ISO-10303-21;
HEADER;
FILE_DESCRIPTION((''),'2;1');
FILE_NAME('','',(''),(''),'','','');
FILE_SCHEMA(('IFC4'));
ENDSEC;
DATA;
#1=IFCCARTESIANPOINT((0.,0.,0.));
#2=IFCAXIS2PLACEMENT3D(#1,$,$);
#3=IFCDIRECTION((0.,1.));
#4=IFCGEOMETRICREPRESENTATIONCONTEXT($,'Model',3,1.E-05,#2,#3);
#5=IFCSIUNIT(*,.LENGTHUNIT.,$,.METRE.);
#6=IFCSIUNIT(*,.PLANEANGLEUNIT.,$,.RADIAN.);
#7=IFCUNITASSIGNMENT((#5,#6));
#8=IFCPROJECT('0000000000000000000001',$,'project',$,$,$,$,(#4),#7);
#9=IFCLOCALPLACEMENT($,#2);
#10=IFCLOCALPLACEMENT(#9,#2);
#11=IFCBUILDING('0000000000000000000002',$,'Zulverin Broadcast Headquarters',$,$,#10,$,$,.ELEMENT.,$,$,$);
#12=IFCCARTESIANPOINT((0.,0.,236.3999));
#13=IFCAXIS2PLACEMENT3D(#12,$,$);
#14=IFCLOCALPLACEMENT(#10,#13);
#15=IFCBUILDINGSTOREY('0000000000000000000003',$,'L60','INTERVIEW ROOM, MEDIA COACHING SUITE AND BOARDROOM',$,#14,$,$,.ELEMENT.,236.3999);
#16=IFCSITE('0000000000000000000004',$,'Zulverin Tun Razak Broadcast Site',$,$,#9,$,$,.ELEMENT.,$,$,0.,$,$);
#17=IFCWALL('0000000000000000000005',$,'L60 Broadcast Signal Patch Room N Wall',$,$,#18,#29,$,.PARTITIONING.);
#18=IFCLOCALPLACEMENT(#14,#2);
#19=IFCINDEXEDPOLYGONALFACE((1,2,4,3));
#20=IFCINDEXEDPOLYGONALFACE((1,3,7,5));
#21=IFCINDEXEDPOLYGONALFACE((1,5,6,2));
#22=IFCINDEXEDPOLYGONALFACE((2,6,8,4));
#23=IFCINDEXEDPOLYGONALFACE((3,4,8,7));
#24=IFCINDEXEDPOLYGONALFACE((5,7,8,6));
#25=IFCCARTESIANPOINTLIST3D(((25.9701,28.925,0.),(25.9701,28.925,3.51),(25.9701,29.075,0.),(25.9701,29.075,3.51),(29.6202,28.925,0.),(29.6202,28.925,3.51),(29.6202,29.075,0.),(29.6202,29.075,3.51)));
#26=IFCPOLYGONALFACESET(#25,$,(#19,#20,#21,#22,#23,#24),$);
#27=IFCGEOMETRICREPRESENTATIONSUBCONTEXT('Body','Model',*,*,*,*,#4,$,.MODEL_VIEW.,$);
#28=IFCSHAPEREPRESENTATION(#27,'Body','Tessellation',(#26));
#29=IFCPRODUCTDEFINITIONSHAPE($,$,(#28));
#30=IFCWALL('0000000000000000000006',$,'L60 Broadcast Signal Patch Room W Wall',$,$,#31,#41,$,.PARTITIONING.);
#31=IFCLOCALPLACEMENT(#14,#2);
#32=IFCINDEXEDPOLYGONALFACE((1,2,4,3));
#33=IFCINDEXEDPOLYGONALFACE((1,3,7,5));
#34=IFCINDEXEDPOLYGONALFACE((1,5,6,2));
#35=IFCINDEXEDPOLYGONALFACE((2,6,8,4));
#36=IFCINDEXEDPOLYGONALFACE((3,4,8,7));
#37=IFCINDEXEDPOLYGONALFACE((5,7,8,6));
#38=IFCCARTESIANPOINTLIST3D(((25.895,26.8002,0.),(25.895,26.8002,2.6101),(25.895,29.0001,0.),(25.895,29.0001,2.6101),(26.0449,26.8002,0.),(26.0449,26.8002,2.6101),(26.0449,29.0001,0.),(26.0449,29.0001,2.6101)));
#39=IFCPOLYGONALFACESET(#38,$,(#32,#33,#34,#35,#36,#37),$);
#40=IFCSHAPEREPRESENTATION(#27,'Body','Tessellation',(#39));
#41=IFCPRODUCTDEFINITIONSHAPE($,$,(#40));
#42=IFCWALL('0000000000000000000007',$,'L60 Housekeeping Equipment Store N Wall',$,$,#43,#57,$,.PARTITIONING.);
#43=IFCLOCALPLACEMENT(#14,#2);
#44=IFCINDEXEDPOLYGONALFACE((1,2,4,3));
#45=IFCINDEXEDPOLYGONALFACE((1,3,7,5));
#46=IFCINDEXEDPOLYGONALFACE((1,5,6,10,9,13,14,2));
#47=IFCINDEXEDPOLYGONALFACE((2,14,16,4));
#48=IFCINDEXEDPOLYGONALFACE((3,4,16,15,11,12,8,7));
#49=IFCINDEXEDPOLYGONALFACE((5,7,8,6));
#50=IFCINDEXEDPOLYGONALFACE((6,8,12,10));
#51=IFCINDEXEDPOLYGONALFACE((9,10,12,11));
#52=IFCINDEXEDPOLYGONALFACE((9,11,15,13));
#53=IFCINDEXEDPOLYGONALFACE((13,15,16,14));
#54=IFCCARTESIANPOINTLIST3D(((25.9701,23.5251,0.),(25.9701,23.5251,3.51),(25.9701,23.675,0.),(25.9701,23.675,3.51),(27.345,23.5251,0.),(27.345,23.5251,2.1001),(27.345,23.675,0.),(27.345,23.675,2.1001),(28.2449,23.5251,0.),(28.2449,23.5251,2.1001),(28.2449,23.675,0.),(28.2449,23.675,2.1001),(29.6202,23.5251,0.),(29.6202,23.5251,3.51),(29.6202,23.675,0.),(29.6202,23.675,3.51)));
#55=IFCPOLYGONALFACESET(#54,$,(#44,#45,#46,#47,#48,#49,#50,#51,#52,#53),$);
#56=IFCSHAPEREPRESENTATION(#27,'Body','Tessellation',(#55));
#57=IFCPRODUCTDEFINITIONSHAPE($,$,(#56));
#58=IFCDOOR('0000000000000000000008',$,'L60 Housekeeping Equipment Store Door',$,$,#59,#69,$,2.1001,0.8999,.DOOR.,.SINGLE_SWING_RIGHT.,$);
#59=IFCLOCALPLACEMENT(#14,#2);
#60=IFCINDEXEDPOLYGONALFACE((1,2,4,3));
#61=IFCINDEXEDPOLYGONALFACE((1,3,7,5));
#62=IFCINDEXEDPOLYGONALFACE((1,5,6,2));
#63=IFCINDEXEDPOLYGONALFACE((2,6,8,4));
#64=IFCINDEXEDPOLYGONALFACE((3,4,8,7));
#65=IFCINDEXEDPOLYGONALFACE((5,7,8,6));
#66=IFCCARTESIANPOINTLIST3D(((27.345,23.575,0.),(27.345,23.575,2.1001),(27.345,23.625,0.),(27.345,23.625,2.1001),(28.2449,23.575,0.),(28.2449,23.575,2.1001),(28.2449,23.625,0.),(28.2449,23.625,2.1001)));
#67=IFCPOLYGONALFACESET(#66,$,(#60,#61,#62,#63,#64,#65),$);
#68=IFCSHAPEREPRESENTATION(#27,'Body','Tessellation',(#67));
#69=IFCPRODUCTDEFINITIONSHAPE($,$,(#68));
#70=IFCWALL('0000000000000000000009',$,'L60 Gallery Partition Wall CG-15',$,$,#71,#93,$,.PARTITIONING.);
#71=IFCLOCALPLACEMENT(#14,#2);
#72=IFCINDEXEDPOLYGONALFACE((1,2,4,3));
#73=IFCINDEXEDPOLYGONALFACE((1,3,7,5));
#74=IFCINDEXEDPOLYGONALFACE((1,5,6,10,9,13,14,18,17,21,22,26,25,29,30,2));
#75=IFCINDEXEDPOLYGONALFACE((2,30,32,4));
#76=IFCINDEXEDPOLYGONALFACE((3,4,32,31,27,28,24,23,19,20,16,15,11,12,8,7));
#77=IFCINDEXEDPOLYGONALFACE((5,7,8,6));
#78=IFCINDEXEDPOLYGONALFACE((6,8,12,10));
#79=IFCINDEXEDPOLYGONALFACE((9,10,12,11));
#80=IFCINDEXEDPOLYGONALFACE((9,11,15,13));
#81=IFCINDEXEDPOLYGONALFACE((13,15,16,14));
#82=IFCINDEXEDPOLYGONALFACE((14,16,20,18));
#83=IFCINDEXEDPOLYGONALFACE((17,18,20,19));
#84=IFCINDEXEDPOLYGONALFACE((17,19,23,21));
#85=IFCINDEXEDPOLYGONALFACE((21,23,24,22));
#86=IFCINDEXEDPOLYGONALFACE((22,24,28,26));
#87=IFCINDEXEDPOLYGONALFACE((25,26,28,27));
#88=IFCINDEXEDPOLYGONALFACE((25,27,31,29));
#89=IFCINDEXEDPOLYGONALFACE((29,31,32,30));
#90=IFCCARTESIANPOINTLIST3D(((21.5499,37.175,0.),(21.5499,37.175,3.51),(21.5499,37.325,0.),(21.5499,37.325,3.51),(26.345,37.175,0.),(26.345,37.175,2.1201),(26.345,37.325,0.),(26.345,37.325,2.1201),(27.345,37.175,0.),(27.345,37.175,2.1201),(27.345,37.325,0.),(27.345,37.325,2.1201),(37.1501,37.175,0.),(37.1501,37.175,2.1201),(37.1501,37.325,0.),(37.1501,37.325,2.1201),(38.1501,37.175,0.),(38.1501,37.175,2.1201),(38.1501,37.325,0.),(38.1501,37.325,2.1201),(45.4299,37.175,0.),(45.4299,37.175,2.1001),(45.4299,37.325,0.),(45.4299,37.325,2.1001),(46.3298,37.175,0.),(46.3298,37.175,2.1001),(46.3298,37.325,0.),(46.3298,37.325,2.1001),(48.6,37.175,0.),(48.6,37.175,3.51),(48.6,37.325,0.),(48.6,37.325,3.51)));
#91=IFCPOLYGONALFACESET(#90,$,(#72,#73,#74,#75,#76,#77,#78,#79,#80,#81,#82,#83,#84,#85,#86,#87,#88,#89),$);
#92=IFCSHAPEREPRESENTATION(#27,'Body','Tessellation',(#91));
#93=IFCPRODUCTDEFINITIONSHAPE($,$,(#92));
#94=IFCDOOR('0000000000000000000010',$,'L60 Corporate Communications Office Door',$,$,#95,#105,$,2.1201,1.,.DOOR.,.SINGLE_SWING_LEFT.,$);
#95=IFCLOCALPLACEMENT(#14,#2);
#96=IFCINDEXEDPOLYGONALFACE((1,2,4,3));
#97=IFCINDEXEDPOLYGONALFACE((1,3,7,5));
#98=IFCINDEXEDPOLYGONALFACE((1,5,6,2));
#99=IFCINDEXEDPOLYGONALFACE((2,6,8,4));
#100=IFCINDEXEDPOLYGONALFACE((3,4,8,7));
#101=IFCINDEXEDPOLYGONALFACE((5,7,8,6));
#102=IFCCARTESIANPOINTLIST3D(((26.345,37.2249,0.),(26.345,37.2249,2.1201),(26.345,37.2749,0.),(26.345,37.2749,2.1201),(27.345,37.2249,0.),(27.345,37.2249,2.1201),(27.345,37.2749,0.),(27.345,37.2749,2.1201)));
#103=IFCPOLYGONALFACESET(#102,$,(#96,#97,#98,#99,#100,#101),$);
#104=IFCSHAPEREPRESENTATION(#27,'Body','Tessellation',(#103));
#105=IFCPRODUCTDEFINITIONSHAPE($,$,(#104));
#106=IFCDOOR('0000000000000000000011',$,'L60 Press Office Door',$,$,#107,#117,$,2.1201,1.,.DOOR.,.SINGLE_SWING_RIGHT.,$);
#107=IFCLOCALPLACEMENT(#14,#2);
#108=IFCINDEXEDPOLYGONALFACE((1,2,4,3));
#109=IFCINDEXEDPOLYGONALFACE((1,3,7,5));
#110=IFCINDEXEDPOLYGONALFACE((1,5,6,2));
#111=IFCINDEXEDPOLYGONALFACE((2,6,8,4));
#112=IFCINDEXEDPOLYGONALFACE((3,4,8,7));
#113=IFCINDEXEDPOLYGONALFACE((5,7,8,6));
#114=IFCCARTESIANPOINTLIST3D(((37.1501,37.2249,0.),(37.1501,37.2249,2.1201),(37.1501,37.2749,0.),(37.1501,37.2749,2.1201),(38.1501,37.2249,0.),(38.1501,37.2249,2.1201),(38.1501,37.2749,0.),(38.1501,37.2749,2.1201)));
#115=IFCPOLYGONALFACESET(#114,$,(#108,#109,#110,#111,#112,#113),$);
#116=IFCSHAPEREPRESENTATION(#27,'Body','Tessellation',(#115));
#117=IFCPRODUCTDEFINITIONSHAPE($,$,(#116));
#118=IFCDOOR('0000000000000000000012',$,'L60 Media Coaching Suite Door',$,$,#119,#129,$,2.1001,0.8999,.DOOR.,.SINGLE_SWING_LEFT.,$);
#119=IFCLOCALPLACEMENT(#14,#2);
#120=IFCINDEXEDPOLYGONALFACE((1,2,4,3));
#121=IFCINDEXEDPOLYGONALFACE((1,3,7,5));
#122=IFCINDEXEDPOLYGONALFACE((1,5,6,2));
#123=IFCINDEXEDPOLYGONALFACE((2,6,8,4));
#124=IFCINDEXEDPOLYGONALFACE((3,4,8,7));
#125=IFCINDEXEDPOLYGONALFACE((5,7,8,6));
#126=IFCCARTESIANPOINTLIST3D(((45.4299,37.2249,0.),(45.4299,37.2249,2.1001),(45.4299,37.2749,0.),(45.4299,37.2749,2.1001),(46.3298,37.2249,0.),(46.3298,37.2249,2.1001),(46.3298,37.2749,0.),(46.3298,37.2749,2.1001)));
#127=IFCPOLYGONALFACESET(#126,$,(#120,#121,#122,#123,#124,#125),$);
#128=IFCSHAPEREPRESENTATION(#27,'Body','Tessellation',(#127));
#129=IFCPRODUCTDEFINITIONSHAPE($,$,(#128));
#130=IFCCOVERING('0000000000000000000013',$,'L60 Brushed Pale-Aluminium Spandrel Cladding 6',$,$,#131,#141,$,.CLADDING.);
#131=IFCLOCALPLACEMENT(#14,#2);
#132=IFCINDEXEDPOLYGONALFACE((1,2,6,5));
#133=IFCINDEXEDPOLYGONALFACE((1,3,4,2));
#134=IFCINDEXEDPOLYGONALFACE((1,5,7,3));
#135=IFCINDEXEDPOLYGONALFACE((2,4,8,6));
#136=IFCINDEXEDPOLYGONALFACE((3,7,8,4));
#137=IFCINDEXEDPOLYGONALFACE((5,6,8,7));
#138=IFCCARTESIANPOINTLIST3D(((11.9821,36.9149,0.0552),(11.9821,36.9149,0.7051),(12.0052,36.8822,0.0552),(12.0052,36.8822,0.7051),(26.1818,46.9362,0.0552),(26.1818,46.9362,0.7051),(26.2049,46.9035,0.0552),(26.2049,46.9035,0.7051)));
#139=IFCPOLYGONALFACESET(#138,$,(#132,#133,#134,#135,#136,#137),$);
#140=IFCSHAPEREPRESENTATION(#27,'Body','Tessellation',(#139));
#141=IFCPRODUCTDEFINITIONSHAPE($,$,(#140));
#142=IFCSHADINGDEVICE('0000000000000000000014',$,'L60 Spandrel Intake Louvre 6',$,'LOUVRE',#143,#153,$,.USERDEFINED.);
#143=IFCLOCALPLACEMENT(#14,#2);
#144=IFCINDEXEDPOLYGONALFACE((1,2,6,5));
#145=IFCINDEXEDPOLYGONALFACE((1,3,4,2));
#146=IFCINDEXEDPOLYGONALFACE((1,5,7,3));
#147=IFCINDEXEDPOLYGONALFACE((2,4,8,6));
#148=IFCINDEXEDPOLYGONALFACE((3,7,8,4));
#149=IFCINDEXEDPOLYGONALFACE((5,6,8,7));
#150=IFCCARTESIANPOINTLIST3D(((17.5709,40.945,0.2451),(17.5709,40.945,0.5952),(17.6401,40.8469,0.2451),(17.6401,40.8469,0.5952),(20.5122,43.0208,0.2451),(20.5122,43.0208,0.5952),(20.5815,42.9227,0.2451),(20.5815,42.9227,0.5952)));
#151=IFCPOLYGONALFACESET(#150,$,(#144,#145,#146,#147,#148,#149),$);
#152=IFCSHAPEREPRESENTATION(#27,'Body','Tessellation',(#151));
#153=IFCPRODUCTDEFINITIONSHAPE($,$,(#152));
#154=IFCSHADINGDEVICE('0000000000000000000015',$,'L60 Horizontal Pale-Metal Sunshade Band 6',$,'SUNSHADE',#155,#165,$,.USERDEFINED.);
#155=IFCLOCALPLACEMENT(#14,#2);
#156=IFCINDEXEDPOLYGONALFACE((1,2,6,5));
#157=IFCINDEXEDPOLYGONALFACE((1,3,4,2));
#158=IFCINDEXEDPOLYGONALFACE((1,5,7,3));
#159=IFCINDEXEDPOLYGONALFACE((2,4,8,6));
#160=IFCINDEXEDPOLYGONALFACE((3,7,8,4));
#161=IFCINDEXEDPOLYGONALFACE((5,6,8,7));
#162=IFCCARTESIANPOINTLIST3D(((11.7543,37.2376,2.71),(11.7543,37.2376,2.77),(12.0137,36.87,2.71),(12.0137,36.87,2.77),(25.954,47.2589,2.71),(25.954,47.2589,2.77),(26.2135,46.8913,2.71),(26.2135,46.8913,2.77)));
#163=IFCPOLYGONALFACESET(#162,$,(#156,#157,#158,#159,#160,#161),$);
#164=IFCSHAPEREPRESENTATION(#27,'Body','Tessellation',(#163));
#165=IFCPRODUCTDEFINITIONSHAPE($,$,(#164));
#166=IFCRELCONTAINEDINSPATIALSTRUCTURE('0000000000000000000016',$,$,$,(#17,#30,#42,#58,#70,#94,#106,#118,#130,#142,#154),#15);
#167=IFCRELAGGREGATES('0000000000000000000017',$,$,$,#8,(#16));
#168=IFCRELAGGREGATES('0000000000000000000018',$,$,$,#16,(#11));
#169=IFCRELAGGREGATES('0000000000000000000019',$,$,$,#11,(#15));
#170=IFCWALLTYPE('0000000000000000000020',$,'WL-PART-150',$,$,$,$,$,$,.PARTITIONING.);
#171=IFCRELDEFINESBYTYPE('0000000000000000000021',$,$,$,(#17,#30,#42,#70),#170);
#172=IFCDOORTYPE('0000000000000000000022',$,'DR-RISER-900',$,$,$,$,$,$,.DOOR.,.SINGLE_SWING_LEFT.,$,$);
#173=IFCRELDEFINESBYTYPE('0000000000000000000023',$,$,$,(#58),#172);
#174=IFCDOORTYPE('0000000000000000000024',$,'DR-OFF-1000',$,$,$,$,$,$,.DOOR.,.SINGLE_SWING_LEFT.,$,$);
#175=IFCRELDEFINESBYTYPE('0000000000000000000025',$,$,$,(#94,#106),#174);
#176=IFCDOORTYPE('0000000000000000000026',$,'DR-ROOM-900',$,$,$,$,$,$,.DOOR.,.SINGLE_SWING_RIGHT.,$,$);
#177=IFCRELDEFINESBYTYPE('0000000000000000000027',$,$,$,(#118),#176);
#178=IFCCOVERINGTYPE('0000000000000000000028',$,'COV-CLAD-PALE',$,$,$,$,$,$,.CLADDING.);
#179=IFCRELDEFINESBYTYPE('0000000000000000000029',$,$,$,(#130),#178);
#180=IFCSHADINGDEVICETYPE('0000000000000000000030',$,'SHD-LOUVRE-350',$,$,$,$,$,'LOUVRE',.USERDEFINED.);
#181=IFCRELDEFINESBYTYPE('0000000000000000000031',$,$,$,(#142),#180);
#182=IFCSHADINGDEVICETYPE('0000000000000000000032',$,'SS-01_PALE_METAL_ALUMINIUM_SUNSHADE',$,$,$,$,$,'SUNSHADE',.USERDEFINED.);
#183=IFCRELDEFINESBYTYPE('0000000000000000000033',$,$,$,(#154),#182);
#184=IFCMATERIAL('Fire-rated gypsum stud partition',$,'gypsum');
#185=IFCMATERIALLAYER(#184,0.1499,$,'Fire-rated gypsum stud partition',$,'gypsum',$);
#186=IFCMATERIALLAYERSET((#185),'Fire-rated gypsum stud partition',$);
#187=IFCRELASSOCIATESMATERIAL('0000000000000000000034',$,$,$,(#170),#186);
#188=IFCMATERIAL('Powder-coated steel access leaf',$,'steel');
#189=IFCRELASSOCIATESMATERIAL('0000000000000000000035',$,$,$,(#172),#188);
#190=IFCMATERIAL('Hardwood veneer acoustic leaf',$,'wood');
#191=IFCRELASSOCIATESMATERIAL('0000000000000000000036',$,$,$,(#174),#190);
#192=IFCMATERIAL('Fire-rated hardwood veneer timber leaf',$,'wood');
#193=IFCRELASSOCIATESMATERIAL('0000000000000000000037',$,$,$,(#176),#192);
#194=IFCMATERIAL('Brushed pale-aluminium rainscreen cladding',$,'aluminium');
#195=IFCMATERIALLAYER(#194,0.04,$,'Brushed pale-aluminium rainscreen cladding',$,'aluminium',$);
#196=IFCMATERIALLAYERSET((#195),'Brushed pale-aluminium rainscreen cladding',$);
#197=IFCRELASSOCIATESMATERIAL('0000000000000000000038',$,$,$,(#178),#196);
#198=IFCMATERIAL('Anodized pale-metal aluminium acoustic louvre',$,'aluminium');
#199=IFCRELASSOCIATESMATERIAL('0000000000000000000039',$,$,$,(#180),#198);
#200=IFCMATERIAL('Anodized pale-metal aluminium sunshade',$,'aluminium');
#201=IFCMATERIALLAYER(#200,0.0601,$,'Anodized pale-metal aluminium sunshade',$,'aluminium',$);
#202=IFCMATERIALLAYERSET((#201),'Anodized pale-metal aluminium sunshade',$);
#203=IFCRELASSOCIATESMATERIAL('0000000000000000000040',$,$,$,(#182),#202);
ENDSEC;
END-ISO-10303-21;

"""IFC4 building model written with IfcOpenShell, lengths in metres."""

from ifc_helpers import new_model, si_unit, direction, frame, frame_2d, origin, origin_2d, place, context, subcontext, project, spatial, rectangle, extrude, material, layer, layer_set, type_object, element, fill, save


model = new_model("IFC4")

# Units and contexts
model_context = context("Model", 3, precision=1e-05, world=origin(), true_north=direction((0.0, 1.0)))
body_context = subcontext(model_context, "Body", "Model", "MODEL_VIEW")
ifc_project = project(units=[si_unit("LENGTHUNIT", "METRE"), si_unit("PLANEANGLEUNIT", "RADIAN")], contexts=[model_context])

# Site, building, storey
site_placement = place(None, origin())
site = spatial("IfcSite", under=ifc_project, at=site_placement, Name="Zulverin Tun Razak Broadcast Site", CompositionType="ELEMENT", RefElevation=0.0)
building_placement = place(site_placement, origin())
building = spatial("IfcBuilding", under=site, at=building_placement, Name="Zulverin Broadcast Headquarters", CompositionType="ELEMENT")
storey_placement = place(building_placement, frame((0.0, 0.0, 236.3999)))
storey = spatial("IfcBuildingStorey", under=building, at=storey_placement, Name="L60", Description="INTERVIEW ROOM, MEDIA COACHING SUITE AND BOARDROOM", CompositionType="ELEMENT", Elevation=236.3999)

# Shared definitions
ifc_material_1 = material(Name="Fire-rated gypsum stud partition", Category="gypsum")
ifc_layer_1 = layer(ifc_material_1, 0.1499, Name="Fire-rated gypsum stud partition", Category="gypsum")
ifc_layer_set_1 = layer_set([ifc_layer_1], Name="Fire-rated gypsum stud partition")
wall_type_1 = type_object("IfcWallType", Name="WL-PART-150", PredefinedType="PARTITIONING", material=ifc_layer_set_1)
ifc_material_2 = material(Name="Powder-coated steel access leaf", Category="steel")
door_type_1 = type_object("IfcDoorType", Name="DR-RISER-900", OperationType="SINGLE_SWING_LEFT", PredefinedType="DOOR", material=ifc_material_2)

# Walls
wall_1_placement = place(storey_placement, frame((25.97, 29.0, 0.0), z_axis=(0.0, 0.0, 1.0), x_axis=(1.0, 0.0, 0.0)))
element("IfcWall", 1, at=wall_1_placement, inside=storey, type_object=wall_type_1, Name="L60 Broadcast Signal Patch Room N Wall", PredefinedType="PARTITIONING", context=body_context, shape_type="SweptSolid", body=[
    extrude(rectangle(XDim=3.6501, YDim=0.1499, at=frame_2d((1.8252, 0.0))), origin(), (0.0, 0.0, 1.0), 3.51),
])
wall_2_placement = place(storey_placement, frame((25.97, 26.8, 0.0), z_axis=(0.0, 0.0, 1.0), x_axis=(0.0, 1.0, 0.0)))
element("IfcWall", 2, at=wall_2_placement, inside=storey, type_object=wall_type_1, Name="L60 Broadcast Signal Patch Room W Wall", PredefinedType="PARTITIONING", context=body_context, shape_type="SweptSolid", body=[
    extrude(rectangle(XDim=2.2, YDim=0.1499, at=frame_2d((1.1001, 0.0))), origin(), (0.0, 0.0, 1.0), 2.6101),
])

# Wall, opening, door
wall_3_placement = place(storey_placement, frame((25.97, 23.6001, 0.0), z_axis=(0.0, 0.0, 1.0), x_axis=(1.0, 0.0, 0.0)))
wall_3 = element("IfcWall", 3, at=wall_3_placement, inside=storey, type_object=wall_type_1, Name="L60 Housekeeping Equipment Store N Wall", PredefinedType="PARTITIONING", context=body_context, shape_type="SweptSolid", body=[
    extrude(rectangle(XDim=3.6501, YDim=0.1499, at=frame_2d((1.8252, 0.0))), origin(), (0.0, 0.0, 1.0), 3.51),
])
opening_1_placement = place(wall_3_placement, frame((1.375, 0.0, 0.0)))
opening_1 = element("IfcOpeningElement", 4, at=opening_1_placement, cuts=wall_3, PredefinedType="OPENING", context=body_context, shape_type="SweptSolid", body=[
    extrude(rectangle(XDim=0.8999, YDim=2.1001, at=frame_2d((0.45, 1.05))), frame((0.0, 0.085, 0.0), z_axis=(0.0, -1.0, 0.0), x_axis=(1.0, 0.0, 0.0)), (0.0, 0.0, 1.0), 0.1699),
])
door_1_placement = place(opening_1_placement, origin())
door_1 = element("IfcDoor", 5, at=door_1_placement, inside=storey, type_object=door_type_1, Name="L60 Housekeeping Equipment Store Door", OperationType="SINGLE_SWING_RIGHT", OverallHeight=2.1001, OverallWidth=0.8999, PredefinedType="DOOR", context=body_context, shape_type="SweptSolid", body=[
    extrude(rectangle(XDim=0.8999, YDim=2.1001, at=frame_2d((0.45, 1.05))), frame((0.0, 0.0249, 0.0), z_axis=(0.0, -1.0, 0.0), x_axis=(1.0, 0.0, 0.0)), (0.0, 0.0, 1.0), 0.05),
])
fill(opening_1, door_1)

# Wall, openings, doors
wall_4_placement = place(storey_placement, frame((21.55, 37.25, 0.0), z_axis=(0.0, 0.0, 1.0), x_axis=(1.0, 0.0, 0.0)))
wall_4 = element("IfcWall", 6, at=wall_4_placement, inside=storey, type_object=wall_type_1, Name="L60 Gallery Partition Wall CG-15", PredefinedType="PARTITIONING", context=body_context, shape_type="SweptSolid", body=[
    extrude(rectangle(XDim=27.05, YDim=0.1499, at=frame_2d((13.5249, 0.0))), origin(), (0.0, 0.0, 1.0), 3.51),
])
opening_2_placement = place(wall_4_placement, frame((4.7949, 0.0, 0.0)))
opening_2 = element("IfcOpeningElement", 7, at=opening_2_placement, cuts=wall_4, PredefinedType="OPENING", context=body_context, shape_type="SweptSolid", body=[
    extrude(rectangle(XDim=1.0, YDim=2.1201, at=frame_2d((0.5, 1.0601))), frame((0.0, 0.085, 0.0), z_axis=(0.0, -1.0, 0.0), x_axis=(1.0, 0.0, 0.0)), (0.0, 0.0, 1.0), 0.1699),
])
opening_3_placement = place(wall_4_placement, frame((15.6001, 0.0, 0.0)))
opening_3 = element("IfcOpeningElement", 8, at=opening_3_placement, cuts=wall_4, PredefinedType="OPENING", context=body_context, shape_type="SweptSolid", body=[
    extrude(rectangle(XDim=1.0, YDim=2.1201, at=frame_2d((0.5, 1.0601))), frame((0.0, 0.085, 0.0), z_axis=(0.0, -1.0, 0.0), x_axis=(1.0, 0.0, 0.0)), (0.0, 0.0, 1.0), 0.1699),
])
opening_4_placement = place(wall_4_placement, frame((23.8799, 0.0, 0.0)))
opening_4 = element("IfcOpeningElement", 9, at=opening_4_placement, cuts=wall_4, PredefinedType="OPENING", context=body_context, shape_type="SweptSolid", body=[
    extrude(rectangle(XDim=0.8999, YDim=2.1001, at=frame_2d((0.45, 1.05))), frame((0.0, 0.085, 0.0), z_axis=(0.0, -1.0, 0.0), x_axis=(1.0, 0.0, 0.0)), (0.0, 0.0, 1.0), 0.1699),
])
ifc_material_3 = material(Name="Hardwood veneer acoustic leaf", Category="wood")
door_type_2 = type_object("IfcDoorType", Name="DR-OFF-1000", OperationType="SINGLE_SWING_LEFT", PredefinedType="DOOR", material=ifc_material_3)
door_2_placement = place(opening_2_placement, origin())
door_2 = element("IfcDoor", 10, at=door_2_placement, inside=storey, type_object=door_type_2, Name="L60 Corporate Communications Office Door", OperationType="SINGLE_SWING_LEFT", OverallHeight=2.1201, OverallWidth=1.0, PredefinedType="DOOR", context=body_context, shape_type="SweptSolid", body=[
    extrude(rectangle(XDim=1.0, YDim=2.1201, at=frame_2d((0.5, 1.0601))), frame((0.0, 0.0249, 0.0), z_axis=(0.0, -1.0, 0.0), x_axis=(1.0, 0.0, 0.0)), (0.0, 0.0, 1.0), 0.05),
])
fill(opening_2, door_2)
door_3_placement = place(opening_3_placement, origin())
door_3 = element("IfcDoor", 11, at=door_3_placement, inside=storey, type_object=door_type_2, Name="L60 Press Office Door", OperationType="SINGLE_SWING_RIGHT", OverallHeight=2.1201, OverallWidth=1.0, PredefinedType="DOOR", context=body_context, shape_type="SweptSolid", body=[
    extrude(rectangle(XDim=1.0, YDim=2.1201, at=frame_2d((0.5, 1.0601))), frame((0.0, 0.0249, 0.0), z_axis=(0.0, -1.0, 0.0), x_axis=(1.0, 0.0, 0.0)), (0.0, 0.0, 1.0), 0.05),
])
fill(opening_3, door_3)
ifc_material_4 = material(Name="Fire-rated hardwood veneer timber leaf", Category="wood")
door_type_3 = type_object("IfcDoorType", Name="DR-ROOM-900", OperationType="SINGLE_SWING_RIGHT", PredefinedType="DOOR", material=ifc_material_4)
door_4_placement = place(opening_4_placement, origin())
door_4 = element("IfcDoor", 12, at=door_4_placement, inside=storey, type_object=door_type_3, Name="L60 Media Coaching Suite Door", OperationType="SINGLE_SWING_LEFT", OverallHeight=2.1001, OverallWidth=0.8999, PredefinedType="DOOR", context=body_context, shape_type="SweptSolid", body=[
    extrude(rectangle(XDim=0.8999, YDim=2.1001, at=frame_2d((0.45, 1.05))), frame((0.0, 0.0249, 0.0), z_axis=(0.0, -1.0, 0.0), x_axis=(1.0, 0.0, 0.0)), (0.0, 0.0, 1.0), 0.05),
])
fill(opening_4, door_4)

# Covering
ifc_material_5 = material(Name="Brushed pale-aluminium rainscreen cladding", Category="aluminium")
ifc_layer_2 = layer(ifc_material_5, 0.04, Name="Brushed pale-aluminium rainscreen cladding", Category="aluminium")
ifc_layer_set_2 = layer_set([ifc_layer_2], Name="Brushed pale-aluminium rainscreen cladding")
covering_type = type_object("IfcCoveringType", Name="COV-CLAD-PALE", PredefinedType="CLADDING", material=ifc_layer_set_2)
covering_placement = place(storey_placement, frame((19.0935, 41.9092, 0.0552), z_axis=(0.0, 0.0, 1.0), x_axis=(-0.817023, -0.576605, 0.0)))
element("IfcCovering", 13, at=covering_placement, inside=storey, type_object=covering_type, Name="L60 Brushed Pale-Aluminium Spandrel Cladding 6", PredefinedType="CLADDING", context=body_context, shape_type="SweptSolid", body=[
    extrude(rectangle(XDim=17.3799, YDim=0.04, at=origin_2d()), origin(), (0.0, 0.0, 1.0), 0.6499),
])

# Shading devices
ifc_material_6 = material(Name="Anodized pale-metal aluminium acoustic louvre", Category="aluminium")
shading_device_type_1 = type_object("IfcShadingDeviceType", Name="SHD-LOUVRE-350", ElementType="LOUVRE", PredefinedType="USERDEFINED", material=ifc_material_6)
shading_device_1_placement = place(storey_placement, frame((19.0762, 41.9338, 0.2451), z_axis=(0.0, 0.0, 1.0), x_axis=(-0.817023, -0.576605, 0.0)))
element("IfcShadingDevice", 14, at=shading_device_1_placement, inside=storey, type_object=shading_device_type_1, Name="L60 Spandrel Intake Louvre 6", ObjectType="LOUVRE", PredefinedType="USERDEFINED", context=body_context, shape_type="SweptSolid", body=[
    extrude(rectangle(XDim=3.6001, YDim=0.1201, at=origin_2d()), origin(), (0.0, 0.0, 1.0), 0.3501),
])
ifc_material_7 = material(Name="Anodized pale-metal aluminium sunshade", Category="aluminium")
ifc_layer_3 = layer(ifc_material_7, 0.0601, Name="Anodized pale-metal aluminium sunshade", Category="aluminium")
ifc_layer_set_3 = layer_set([ifc_layer_3], Name="Anodized pale-metal aluminium sunshade")
shading_device_type_2 = type_object("IfcShadingDeviceType", Name="SS-01_PALE_METAL_ALUMINIUM_SUNSHADE", ElementType="SUNSHADE", PredefinedType="USERDEFINED", material=ifc_layer_set_3)
shading_device_2_placement = place(storey_placement, frame((18.9839, 42.0645, 2.71), z_axis=(0.0, 0.0, 1.0), x_axis=(-0.817023, -0.576605, 0.0)))
element("IfcShadingDevice", 15, at=shading_device_2_placement, inside=storey, type_object=shading_device_type_2, Name="L60 Horizontal Pale-Metal Sunshade Band 6", ObjectType="SUNSHADE", PredefinedType="USERDEFINED", context=body_context, shape_type="SweptSolid", body=[
    extrude(rectangle(XDim=17.3799, YDim=0.45, at=origin_2d()), origin(), (0.0, 0.0, 1.0), 0.0601),
])

save(model, "model.ifc")
